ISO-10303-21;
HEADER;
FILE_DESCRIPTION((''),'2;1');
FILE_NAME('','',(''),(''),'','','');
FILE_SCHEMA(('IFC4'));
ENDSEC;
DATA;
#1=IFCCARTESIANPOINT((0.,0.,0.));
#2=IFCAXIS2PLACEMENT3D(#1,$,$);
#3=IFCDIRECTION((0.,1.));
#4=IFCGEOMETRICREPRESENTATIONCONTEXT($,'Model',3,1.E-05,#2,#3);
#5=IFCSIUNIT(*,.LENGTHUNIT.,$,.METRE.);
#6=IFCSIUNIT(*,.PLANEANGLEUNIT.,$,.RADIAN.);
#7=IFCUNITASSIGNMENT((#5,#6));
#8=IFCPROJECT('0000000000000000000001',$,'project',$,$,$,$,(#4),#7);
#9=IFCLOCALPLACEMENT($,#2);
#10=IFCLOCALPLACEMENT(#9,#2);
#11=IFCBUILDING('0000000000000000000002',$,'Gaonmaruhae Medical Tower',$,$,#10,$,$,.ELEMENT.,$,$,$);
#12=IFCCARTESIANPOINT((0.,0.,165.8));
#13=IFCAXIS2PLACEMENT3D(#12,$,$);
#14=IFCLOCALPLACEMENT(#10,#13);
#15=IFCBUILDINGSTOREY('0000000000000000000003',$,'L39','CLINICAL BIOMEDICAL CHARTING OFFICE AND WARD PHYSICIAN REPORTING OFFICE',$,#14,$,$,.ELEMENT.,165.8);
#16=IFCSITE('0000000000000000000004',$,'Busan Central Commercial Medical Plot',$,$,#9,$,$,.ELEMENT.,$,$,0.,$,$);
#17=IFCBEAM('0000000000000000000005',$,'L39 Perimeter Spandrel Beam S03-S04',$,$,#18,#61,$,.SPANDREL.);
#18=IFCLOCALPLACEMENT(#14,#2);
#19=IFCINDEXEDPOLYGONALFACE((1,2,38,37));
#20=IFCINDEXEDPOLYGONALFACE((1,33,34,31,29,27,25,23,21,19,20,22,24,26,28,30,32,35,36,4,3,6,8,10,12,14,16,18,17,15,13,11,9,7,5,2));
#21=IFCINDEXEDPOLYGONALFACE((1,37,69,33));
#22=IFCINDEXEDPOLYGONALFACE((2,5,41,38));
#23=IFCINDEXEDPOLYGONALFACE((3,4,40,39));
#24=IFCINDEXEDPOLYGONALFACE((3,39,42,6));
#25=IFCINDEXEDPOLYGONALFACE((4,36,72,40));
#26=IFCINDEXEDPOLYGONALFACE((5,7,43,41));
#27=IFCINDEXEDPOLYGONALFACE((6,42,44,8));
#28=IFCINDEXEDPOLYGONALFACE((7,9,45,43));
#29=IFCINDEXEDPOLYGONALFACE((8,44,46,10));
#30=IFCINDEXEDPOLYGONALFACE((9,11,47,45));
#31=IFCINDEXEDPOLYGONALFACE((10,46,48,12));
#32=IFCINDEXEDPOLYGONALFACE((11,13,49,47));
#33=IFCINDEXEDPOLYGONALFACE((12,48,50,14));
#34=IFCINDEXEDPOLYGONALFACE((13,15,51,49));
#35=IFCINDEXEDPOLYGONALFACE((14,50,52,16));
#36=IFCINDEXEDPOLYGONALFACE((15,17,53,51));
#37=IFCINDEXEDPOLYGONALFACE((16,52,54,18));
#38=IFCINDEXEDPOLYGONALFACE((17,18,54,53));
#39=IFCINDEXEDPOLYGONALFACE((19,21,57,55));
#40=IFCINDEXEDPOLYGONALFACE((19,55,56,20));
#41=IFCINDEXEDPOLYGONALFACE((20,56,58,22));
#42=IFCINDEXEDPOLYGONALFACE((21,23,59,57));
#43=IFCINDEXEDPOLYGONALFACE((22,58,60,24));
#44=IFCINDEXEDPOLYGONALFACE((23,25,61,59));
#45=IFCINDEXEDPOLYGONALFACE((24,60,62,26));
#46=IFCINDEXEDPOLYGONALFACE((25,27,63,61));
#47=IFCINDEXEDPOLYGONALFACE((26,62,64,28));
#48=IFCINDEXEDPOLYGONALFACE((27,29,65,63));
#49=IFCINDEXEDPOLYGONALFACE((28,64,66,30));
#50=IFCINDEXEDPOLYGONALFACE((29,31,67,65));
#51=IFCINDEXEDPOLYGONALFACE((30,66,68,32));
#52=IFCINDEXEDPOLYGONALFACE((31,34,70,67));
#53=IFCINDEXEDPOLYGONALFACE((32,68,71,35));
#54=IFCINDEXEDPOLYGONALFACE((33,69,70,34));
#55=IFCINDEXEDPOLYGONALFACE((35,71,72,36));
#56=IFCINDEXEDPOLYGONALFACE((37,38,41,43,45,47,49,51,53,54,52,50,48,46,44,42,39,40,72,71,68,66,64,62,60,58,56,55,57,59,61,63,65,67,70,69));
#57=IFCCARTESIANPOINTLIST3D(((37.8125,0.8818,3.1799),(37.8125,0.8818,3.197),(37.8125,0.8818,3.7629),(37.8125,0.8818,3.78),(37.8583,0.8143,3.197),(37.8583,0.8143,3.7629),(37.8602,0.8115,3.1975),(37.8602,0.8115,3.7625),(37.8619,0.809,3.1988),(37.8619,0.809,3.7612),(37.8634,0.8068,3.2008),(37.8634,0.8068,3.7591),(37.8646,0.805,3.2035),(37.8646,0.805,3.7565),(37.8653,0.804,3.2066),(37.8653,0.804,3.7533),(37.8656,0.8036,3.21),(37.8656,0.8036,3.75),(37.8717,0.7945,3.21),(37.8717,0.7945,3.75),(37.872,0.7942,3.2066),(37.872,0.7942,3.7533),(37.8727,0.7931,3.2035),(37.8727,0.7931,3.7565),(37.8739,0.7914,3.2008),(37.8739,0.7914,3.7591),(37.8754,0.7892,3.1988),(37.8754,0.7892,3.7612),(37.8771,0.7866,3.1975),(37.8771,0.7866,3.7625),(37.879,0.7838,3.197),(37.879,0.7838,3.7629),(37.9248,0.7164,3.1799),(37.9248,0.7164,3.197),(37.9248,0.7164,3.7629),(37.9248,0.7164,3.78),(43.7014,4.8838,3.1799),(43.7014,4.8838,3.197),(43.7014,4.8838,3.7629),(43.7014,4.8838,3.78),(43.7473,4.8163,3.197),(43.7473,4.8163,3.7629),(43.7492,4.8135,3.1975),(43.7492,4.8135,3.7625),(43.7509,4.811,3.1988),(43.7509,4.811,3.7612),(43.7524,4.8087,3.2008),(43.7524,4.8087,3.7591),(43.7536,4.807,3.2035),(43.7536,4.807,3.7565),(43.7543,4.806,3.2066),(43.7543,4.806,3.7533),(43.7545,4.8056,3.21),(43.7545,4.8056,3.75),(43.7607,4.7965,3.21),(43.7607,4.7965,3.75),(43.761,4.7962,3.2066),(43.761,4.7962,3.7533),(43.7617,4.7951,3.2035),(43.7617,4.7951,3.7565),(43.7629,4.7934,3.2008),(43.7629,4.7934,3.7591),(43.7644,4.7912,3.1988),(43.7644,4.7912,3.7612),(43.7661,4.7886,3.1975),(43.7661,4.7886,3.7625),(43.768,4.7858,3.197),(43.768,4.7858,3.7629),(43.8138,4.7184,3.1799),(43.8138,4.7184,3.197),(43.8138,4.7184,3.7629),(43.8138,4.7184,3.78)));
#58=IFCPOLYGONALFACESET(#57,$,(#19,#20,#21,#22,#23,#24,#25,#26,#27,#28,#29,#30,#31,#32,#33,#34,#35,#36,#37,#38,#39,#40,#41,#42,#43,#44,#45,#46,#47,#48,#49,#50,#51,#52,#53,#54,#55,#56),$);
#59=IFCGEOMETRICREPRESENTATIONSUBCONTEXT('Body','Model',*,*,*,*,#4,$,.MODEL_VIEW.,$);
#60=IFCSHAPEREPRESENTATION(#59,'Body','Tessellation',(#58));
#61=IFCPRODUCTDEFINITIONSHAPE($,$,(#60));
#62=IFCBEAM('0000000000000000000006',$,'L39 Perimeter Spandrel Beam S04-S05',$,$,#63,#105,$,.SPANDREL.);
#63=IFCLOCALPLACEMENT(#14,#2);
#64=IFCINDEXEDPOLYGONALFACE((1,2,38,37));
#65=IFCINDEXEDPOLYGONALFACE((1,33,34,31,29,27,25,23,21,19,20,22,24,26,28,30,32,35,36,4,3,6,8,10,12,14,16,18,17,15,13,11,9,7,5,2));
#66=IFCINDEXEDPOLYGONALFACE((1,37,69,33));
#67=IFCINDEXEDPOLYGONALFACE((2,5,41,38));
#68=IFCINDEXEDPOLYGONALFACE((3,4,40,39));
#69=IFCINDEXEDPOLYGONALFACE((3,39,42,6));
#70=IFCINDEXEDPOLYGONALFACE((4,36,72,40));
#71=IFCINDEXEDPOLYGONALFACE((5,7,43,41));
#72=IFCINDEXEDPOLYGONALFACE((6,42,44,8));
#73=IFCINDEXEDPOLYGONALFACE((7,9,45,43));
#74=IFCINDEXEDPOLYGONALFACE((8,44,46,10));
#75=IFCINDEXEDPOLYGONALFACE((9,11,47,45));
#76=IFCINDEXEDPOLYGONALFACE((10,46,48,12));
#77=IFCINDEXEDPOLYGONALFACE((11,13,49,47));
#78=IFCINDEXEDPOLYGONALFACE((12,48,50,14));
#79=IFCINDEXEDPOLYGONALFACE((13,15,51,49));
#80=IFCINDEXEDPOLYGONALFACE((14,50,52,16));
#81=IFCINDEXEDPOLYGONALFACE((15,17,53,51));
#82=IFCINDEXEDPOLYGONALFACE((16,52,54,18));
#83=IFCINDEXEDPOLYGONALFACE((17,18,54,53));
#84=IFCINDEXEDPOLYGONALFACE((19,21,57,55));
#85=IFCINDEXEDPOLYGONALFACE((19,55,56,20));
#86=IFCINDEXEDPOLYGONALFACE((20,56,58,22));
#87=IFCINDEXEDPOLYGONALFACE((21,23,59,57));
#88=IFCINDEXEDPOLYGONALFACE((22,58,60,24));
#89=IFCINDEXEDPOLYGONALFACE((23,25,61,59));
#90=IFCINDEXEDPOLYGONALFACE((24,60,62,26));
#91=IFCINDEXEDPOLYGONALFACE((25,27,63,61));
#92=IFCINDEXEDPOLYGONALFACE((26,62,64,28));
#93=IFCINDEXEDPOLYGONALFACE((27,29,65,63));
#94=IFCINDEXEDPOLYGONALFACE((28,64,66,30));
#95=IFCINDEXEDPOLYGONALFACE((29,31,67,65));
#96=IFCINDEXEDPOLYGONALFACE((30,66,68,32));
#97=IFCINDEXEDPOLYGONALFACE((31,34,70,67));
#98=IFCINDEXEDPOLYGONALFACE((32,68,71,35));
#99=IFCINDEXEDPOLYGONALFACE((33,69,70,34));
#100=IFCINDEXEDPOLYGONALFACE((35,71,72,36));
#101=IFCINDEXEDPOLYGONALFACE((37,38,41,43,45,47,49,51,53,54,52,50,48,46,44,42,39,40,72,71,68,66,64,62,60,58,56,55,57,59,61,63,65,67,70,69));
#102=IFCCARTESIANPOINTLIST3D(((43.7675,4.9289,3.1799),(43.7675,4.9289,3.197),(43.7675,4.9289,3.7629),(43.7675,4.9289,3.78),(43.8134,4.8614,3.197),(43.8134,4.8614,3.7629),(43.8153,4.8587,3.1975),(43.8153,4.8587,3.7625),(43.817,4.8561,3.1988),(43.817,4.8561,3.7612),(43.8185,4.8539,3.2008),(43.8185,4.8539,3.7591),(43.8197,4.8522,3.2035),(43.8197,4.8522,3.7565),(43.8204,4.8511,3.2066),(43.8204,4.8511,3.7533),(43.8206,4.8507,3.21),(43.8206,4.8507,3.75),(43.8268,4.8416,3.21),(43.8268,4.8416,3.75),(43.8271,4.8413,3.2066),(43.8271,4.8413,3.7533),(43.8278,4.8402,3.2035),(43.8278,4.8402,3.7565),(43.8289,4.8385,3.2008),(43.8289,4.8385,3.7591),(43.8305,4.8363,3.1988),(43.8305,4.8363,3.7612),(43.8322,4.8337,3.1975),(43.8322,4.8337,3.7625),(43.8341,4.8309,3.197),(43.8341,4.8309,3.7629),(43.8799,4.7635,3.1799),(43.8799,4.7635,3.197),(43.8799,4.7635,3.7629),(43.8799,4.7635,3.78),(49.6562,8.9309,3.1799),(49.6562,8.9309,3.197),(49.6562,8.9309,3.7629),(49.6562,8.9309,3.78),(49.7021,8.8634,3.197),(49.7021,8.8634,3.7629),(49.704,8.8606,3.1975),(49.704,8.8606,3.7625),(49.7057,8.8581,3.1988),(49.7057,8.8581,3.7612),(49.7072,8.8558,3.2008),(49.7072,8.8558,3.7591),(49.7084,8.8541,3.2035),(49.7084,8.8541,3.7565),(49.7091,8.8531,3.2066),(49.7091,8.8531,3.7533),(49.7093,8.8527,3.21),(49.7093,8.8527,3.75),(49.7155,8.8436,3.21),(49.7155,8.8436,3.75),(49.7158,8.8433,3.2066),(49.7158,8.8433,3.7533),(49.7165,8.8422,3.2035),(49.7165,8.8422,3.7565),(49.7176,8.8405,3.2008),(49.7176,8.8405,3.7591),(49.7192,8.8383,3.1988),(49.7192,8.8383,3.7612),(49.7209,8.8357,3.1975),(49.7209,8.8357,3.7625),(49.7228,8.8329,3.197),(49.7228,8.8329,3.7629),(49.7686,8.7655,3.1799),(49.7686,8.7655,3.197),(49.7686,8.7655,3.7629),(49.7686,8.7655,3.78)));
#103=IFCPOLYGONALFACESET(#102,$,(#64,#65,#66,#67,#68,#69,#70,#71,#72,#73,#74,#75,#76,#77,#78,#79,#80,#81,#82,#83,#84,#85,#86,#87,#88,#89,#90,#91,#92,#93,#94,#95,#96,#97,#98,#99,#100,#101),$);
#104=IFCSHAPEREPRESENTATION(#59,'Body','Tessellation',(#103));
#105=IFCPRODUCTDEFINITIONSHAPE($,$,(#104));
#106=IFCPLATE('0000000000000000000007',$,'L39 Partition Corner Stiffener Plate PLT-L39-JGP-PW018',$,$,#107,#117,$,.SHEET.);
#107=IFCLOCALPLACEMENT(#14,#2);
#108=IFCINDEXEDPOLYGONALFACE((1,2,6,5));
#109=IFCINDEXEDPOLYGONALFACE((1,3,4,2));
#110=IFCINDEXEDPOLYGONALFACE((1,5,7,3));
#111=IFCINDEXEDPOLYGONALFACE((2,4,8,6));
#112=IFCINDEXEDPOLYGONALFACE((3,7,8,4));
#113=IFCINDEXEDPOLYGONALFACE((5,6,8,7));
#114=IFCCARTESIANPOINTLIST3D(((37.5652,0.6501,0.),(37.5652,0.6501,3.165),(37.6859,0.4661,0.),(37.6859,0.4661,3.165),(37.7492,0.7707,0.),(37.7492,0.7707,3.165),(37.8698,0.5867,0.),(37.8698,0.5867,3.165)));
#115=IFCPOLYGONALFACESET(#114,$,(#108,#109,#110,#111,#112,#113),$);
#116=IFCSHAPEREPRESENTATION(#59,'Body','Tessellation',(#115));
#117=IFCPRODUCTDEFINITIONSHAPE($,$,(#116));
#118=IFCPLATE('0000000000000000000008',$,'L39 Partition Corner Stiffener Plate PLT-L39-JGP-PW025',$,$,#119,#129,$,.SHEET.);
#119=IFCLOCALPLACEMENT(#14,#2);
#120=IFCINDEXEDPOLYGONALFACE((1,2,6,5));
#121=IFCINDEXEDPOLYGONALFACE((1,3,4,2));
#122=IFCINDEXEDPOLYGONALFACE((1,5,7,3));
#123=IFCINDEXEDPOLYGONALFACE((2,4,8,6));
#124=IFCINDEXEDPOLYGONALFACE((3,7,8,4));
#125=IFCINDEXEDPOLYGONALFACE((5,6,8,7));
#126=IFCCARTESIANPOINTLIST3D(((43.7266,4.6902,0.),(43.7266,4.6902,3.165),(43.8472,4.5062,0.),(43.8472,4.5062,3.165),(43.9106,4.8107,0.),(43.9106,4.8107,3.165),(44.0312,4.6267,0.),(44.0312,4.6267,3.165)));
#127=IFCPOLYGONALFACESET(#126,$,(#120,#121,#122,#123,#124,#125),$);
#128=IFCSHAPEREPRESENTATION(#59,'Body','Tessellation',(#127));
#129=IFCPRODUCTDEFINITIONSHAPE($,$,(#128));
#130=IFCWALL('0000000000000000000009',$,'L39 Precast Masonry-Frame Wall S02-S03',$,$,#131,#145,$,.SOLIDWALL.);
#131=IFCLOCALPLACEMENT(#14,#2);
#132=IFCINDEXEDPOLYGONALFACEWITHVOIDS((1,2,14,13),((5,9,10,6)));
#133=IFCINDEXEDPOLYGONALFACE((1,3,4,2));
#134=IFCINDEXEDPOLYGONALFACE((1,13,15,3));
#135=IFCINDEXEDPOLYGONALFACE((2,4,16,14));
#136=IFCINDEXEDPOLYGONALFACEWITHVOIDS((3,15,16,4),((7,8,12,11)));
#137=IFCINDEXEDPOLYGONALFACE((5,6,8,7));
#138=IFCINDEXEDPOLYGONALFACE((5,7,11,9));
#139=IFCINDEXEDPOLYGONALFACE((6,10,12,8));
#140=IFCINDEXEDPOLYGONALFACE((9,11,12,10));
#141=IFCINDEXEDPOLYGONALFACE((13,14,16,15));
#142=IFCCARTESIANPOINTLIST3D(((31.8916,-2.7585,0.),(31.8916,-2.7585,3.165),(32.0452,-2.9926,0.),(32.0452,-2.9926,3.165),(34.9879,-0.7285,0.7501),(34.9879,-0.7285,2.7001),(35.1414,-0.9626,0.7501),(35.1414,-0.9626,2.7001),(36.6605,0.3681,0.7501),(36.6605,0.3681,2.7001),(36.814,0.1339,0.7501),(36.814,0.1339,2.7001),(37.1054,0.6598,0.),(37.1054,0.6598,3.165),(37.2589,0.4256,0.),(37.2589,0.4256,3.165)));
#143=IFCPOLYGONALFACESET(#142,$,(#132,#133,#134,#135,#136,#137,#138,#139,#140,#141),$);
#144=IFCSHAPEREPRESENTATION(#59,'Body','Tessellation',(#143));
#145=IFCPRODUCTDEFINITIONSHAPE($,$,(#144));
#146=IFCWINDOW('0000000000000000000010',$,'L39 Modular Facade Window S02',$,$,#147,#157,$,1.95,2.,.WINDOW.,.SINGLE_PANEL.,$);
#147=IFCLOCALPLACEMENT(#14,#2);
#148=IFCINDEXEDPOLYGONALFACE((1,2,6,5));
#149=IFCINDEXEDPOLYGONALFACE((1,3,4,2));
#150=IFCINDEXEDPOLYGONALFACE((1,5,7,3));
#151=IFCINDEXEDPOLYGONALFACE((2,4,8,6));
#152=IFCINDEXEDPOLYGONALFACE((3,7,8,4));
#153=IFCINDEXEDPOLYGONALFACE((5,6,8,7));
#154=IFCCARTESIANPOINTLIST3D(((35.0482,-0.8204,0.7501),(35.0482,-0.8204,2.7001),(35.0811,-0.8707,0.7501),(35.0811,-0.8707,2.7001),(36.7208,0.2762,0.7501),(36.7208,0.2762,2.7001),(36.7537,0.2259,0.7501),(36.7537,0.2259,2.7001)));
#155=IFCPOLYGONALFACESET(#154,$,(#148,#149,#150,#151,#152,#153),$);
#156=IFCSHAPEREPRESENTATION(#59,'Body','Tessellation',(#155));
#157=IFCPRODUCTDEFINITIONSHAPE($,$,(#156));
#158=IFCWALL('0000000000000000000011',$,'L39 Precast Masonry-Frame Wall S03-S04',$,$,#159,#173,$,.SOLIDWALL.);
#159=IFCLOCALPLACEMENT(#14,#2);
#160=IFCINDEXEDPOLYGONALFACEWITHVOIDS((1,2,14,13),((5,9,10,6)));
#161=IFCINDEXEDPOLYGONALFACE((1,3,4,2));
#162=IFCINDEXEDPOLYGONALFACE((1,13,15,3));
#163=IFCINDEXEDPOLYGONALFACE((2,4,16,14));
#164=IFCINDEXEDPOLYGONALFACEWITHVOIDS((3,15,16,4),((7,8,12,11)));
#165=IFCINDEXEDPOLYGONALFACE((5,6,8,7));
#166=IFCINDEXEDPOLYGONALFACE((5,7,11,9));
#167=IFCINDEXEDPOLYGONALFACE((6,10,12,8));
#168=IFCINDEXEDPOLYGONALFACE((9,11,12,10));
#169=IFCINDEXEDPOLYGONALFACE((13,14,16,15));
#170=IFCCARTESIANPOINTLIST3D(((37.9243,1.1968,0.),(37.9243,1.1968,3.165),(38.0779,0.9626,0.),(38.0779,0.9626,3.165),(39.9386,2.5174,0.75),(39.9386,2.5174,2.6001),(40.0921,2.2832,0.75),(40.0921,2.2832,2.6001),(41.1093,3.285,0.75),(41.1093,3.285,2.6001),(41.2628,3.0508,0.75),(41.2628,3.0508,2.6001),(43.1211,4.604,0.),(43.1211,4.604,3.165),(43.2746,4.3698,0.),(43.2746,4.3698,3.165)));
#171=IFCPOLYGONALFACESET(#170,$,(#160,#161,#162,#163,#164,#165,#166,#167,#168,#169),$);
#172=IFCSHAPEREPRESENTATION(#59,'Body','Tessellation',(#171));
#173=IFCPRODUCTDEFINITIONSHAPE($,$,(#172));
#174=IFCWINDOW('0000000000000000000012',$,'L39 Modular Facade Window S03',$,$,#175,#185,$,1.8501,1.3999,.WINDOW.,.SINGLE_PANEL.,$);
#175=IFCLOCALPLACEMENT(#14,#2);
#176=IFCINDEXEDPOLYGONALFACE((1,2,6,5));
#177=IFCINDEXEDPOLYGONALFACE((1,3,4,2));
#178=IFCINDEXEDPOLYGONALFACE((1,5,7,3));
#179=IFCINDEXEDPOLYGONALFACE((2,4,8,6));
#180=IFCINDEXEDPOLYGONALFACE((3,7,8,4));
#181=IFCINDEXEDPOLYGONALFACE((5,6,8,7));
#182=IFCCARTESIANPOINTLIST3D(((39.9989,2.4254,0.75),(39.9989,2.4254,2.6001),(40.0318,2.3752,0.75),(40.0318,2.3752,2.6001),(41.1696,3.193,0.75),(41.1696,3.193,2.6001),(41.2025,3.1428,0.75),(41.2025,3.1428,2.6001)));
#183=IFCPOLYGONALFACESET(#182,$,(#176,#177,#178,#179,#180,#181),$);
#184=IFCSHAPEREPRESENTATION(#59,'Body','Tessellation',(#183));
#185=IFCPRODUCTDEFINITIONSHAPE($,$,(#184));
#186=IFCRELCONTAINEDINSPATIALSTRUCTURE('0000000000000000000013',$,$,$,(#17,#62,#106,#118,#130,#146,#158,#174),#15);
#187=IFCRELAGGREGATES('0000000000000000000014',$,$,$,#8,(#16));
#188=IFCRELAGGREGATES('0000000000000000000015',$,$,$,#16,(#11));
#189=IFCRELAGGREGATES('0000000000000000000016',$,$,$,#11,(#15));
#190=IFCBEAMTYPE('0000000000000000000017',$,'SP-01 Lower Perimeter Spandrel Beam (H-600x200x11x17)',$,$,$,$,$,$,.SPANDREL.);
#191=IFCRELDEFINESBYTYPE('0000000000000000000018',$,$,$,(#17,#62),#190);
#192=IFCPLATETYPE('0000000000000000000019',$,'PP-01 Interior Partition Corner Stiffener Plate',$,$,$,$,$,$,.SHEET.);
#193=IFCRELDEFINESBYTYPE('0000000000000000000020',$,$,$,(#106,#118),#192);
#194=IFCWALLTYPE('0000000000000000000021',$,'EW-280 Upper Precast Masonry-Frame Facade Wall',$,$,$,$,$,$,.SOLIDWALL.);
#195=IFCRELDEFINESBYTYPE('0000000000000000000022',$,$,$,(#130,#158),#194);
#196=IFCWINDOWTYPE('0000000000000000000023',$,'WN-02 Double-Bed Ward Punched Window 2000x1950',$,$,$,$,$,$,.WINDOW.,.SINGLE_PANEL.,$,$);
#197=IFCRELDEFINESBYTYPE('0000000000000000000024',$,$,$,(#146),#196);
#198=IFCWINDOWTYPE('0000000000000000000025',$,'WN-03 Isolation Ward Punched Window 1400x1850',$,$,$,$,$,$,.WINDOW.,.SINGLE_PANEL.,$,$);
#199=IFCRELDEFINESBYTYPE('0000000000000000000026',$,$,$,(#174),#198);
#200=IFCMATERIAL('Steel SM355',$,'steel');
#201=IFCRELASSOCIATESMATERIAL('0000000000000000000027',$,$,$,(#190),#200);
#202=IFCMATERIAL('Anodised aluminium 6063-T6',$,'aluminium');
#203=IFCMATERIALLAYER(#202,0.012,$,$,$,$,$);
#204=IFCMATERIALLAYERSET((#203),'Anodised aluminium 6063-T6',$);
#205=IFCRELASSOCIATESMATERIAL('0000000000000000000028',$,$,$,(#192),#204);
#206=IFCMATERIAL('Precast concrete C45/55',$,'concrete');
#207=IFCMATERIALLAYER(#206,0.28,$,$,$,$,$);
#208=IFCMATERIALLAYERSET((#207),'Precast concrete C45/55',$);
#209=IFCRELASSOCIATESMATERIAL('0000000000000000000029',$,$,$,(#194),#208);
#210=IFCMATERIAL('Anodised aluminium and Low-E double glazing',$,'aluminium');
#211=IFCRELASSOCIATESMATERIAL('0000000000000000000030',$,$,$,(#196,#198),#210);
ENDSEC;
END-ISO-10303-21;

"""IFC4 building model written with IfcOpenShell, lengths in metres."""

from ifc_helpers import new_model, si_unit, direction, frame, frame_2d, origin, origin_2d, place, context, subcontext, project, spatial, rectangle, i_section, extrude, material, layer, layer_set, material_profile, profile_set, type_object, element, fill, save


model = new_model("IFC4")

# Units and contexts
model_context = context("Model", 3, precision=1e-05, world=origin(), true_north=direction((0.0, 1.0)))
body_context = subcontext(model_context, "Body", "Model", "MODEL_VIEW")
ifc_project = project(units=[si_unit("LENGTHUNIT", "METRE"), si_unit("PLANEANGLEUNIT", "RADIAN")], contexts=[model_context])

# Site, building, storey
site_placement = place(None, origin())
site = spatial("IfcSite", under=ifc_project, at=site_placement, Name="Busan Central Commercial Medical Plot", CompositionType="ELEMENT", RefElevation=0.0)
building_placement = place(site_placement, origin())
building = spatial("IfcBuilding", under=site, at=building_placement, Name="Gaonmaruhae Medical Tower", CompositionType="ELEMENT")
storey_placement = place(building_placement, frame((0.0, 0.0, 165.8)))
storey = spatial("IfcBuildingStorey", under=building, at=storey_placement, Name="L39", Description="CLINICAL BIOMEDICAL CHARTING OFFICE AND WARD PHYSICIAN REPORTING OFFICE", CompositionType="ELEMENT", Elevation=165.8)

# Beams
ifc_material_1 = material(Name="Steel SM355", Category="steel")
ifc_material_profile_1 = material_profile(ifc_material_1, i_section(OverallWidth=0.2, OverallDepth=0.6001, WebThickness=0.011, FlangeThickness=0.0171, FilletRadius=0.0129, at=origin_2d()), Name="H-600x200x11x17")
ifc_profile_set_1 = profile_set([ifc_material_profile_1], Name="Steel SM355")
beam_type_1 = type_object("IfcBeamType", Name="SP-01 Lower Perimeter Spandrel Beam (H-600x200x11x17)", PredefinedType="SPANDREL", material=ifc_profile_set_1)
beam_1_placement = place(storey_placement, frame((37.8687, 0.7991, 3.48), z_axis=(0.82709, 0.562069, 0.0), x_axis=(-0.562069, 0.82709, 0.0)))
element("IfcBeam", 1, at=beam_1_placement, inside=storey, type_object=beam_type_1, Name="L39 Perimeter Spandrel Beam S03-S04", PredefinedType="SPANDREL", context=body_context, shape_type="SweptSolid", body=[
    extrude(i_section(OverallWidth=0.2, OverallDepth=0.6001, WebThickness=0.011, FlangeThickness=0.0171, FilletRadius=0.0129, at=origin_2d()), origin(), (0.0, 0.0, 1.0), 7.1201),
])
beam_2_placement = place(storey_placement, frame((43.8237, 4.8462, 3.48), z_axis=(0.82708, 0.562085, 0.0), x_axis=(-0.562085, 0.82708, 0.0)))
element("IfcBeam", 2, at=beam_2_placement, inside=storey, type_object=beam_type_1, Name="L39 Perimeter Spandrel Beam S04-S05", PredefinedType="SPANDREL", context=body_context, shape_type="SweptSolid", body=[
    extrude(i_section(OverallWidth=0.2, OverallDepth=0.6001, WebThickness=0.011, FlangeThickness=0.0171, FilletRadius=0.0129, at=origin_2d()), origin(), (0.0, 0.0, 1.0), 7.1199),
])

# Plates
ifc_material_2 = material(Name="Anodised aluminium 6063-T6", Category="aluminium")
ifc_layer_1 = layer(ifc_material_2, 0.012)
ifc_layer_set_1 = layer_set([ifc_layer_1], Name="Anodised aluminium 6063-T6")
plate_type = type_object("IfcPlateType", Name="PP-01 Interior Partition Corner Stiffener Plate", PredefinedType="SHEET", material=ifc_layer_set_1)
for number, where, z_axis, x_axis, name in (
    (3, (37.7175, 0.6184, 0.0), (0.0, 0.0, 1.0), (-0.836267, -0.548322, 0.0), "L39 Partition Corner Stiffener Plate PLT-L39-JGP-PW018"),
    (4, (43.8789, 4.6584, 0.0), (0.0, 0.0, 1.0), (-0.836487, -0.547987, 0.0), "L39 Partition Corner Stiffener Plate PLT-L39-JGP-PW025"),
):
    element("IfcPlate", number, at=place(storey_placement, frame(where, z_axis=z_axis, x_axis=x_axis)), inside=storey, type_object=plate_type, Name=name, PredefinedType="SHEET", context=body_context, shape_type="SweptSolid", body=[
        extrude(rectangle(XDim=0.22, YDim=0.22, at=origin_2d()), origin(), (0.0, 0.0, 1.0), 3.165),
    ])

# Walls, openings, windows
ifc_material_3 = material(Name="Precast concrete C45/55", Category="concrete")
ifc_layer_2 = layer(ifc_material_3, 0.28)
ifc_layer_set_2 = layer_set([ifc_layer_2], Name="Precast concrete C45/55")
wall_type_1 = type_object("IfcWallType", Name="EW-280 Upper Precast Masonry-Frame Facade Wall", PredefinedType="SOLIDWALL", material=ifc_layer_set_2)
wall_1_placement = place(storey_placement, frame((37.1821, 0.5427, 0.0), z_axis=(0.0, 0.0, 1.0), x_axis=(-0.836285, -0.548295, 0.0)))
wall_1 = element("IfcWall", 5, at=wall_1_placement, inside=storey, type_object=wall_type_1, Name="L39 Precast Masonry-Frame Wall S02-S03", PredefinedType="SOLIDWALL", context=body_context, shape_type="SweptSolid", body=[
    extrude(rectangle(XDim=6.2344, YDim=0.28, at=frame_2d((3.1172, 0.0))), origin(), (0.0, 0.0, 1.0), 3.165),
])
opening_1_placement = place(wall_1_placement, frame((0.532, 0.0, 0.75)))
opening_1 = element("IfcOpeningElement", 6, at=opening_1_placement, cuts=wall_1, PredefinedType="OPENING", context=body_context, shape_type="SweptSolid", body=[
    extrude(rectangle(XDim=2.0, YDim=1.95, at=frame_2d((1.0, 0.9751))), frame((0.0, 0.1499, 0.0), z_axis=(0.0, -1.0, 0.0), x_axis=(1.0, 0.0, 0.0)), (0.0, 0.0, 1.0), 0.3),
])
ifc_material_4 = material(Name="Anodised aluminium and Low-E double glazing", Category="aluminium")
window_type_1 = type_object("IfcWindowType", Name="WN-02 Double-Bed Ward Punched Window 2000x1950", PartitioningType="SINGLE_PANEL", PredefinedType="WINDOW", material=ifc_material_4)
window_1_placement = place(opening_1_placement, origin())
window_1 = element("IfcWindow", 7, at=window_1_placement, inside=storey, type_object=window_type_1, Name="L39 Modular Facade Window S02", OverallHeight=1.95, OverallWidth=2.0, PartitioningType="SINGLE_PANEL", PredefinedType="WINDOW", context=body_context, shape_type="SweptSolid", body=[
    extrude(rectangle(XDim=2.0, YDim=1.95, at=frame_2d((1.0, 0.9751))), frame((0.0, 0.03, 0.0), z_axis=(0.0, -1.0, 0.0), x_axis=(1.0, 0.0, 0.0)), (0.0, 0.0, 1.0), 0.0601),
])
fill(opening_1, window_1)
wall_2_placement = place(storey_placement, frame((43.1978, 4.4868, 0.0), z_axis=(0.0, 0.0, 1.0), x_axis=(-0.836281, -0.548301, 0.0)))
wall_2 = element("IfcWall", 8, at=wall_2_placement, inside=storey, type_object=wall_type_1, Name="L39 Precast Masonry-Frame Wall S03-S04", PredefinedType="SOLIDWALL", context=body_context, shape_type="SweptSolid", body=[
    extrude(rectangle(XDim=6.2141, YDim=0.28, at=frame_2d((3.1069, 0.0))), origin(), (0.0, 0.0, 1.0), 3.165),
])
opening_2_placement = place(wall_2_placement, frame((2.4055, 0.0, 0.75)))
opening_2 = element("IfcOpeningElement", 9, at=opening_2_placement, cuts=wall_2, PredefinedType="OPENING", context=body_context, shape_type="SweptSolid", body=[
    extrude(rectangle(XDim=1.3999, YDim=1.8501, at=frame_2d((0.7, 0.925))), frame((0.0, 0.1499, 0.0), z_axis=(0.0, -1.0, 0.0), x_axis=(1.0, 0.0, 0.0)), (0.0, 0.0, 1.0), 0.3),
])
window_type_2 = type_object("IfcWindowType", Name="WN-03 Isolation Ward Punched Window 1400x1850", PartitioningType="SINGLE_PANEL", PredefinedType="WINDOW", material=ifc_material_4)
window_2_placement = place(opening_2_placement, origin())
window_2 = element("IfcWindow", 10, at=window_2_placement, inside=storey, type_object=window_type_2, Name="L39 Modular Facade Window S03", OverallHeight=1.8501, OverallWidth=1.3999, PartitioningType="SINGLE_PANEL", PredefinedType="WINDOW", context=body_context, shape_type="SweptSolid", body=[
    extrude(rectangle(XDim=1.3999, YDim=1.8501, at=frame_2d((0.7, 0.925))), frame((0.0, 0.03, 0.0), z_axis=(0.0, -1.0, 0.0), x_axis=(1.0, 0.0, 0.0)), (0.0, 0.0, 1.0), 0.0601),
])
fill(opening_2, window_2)

save(model, "model.ifc")
